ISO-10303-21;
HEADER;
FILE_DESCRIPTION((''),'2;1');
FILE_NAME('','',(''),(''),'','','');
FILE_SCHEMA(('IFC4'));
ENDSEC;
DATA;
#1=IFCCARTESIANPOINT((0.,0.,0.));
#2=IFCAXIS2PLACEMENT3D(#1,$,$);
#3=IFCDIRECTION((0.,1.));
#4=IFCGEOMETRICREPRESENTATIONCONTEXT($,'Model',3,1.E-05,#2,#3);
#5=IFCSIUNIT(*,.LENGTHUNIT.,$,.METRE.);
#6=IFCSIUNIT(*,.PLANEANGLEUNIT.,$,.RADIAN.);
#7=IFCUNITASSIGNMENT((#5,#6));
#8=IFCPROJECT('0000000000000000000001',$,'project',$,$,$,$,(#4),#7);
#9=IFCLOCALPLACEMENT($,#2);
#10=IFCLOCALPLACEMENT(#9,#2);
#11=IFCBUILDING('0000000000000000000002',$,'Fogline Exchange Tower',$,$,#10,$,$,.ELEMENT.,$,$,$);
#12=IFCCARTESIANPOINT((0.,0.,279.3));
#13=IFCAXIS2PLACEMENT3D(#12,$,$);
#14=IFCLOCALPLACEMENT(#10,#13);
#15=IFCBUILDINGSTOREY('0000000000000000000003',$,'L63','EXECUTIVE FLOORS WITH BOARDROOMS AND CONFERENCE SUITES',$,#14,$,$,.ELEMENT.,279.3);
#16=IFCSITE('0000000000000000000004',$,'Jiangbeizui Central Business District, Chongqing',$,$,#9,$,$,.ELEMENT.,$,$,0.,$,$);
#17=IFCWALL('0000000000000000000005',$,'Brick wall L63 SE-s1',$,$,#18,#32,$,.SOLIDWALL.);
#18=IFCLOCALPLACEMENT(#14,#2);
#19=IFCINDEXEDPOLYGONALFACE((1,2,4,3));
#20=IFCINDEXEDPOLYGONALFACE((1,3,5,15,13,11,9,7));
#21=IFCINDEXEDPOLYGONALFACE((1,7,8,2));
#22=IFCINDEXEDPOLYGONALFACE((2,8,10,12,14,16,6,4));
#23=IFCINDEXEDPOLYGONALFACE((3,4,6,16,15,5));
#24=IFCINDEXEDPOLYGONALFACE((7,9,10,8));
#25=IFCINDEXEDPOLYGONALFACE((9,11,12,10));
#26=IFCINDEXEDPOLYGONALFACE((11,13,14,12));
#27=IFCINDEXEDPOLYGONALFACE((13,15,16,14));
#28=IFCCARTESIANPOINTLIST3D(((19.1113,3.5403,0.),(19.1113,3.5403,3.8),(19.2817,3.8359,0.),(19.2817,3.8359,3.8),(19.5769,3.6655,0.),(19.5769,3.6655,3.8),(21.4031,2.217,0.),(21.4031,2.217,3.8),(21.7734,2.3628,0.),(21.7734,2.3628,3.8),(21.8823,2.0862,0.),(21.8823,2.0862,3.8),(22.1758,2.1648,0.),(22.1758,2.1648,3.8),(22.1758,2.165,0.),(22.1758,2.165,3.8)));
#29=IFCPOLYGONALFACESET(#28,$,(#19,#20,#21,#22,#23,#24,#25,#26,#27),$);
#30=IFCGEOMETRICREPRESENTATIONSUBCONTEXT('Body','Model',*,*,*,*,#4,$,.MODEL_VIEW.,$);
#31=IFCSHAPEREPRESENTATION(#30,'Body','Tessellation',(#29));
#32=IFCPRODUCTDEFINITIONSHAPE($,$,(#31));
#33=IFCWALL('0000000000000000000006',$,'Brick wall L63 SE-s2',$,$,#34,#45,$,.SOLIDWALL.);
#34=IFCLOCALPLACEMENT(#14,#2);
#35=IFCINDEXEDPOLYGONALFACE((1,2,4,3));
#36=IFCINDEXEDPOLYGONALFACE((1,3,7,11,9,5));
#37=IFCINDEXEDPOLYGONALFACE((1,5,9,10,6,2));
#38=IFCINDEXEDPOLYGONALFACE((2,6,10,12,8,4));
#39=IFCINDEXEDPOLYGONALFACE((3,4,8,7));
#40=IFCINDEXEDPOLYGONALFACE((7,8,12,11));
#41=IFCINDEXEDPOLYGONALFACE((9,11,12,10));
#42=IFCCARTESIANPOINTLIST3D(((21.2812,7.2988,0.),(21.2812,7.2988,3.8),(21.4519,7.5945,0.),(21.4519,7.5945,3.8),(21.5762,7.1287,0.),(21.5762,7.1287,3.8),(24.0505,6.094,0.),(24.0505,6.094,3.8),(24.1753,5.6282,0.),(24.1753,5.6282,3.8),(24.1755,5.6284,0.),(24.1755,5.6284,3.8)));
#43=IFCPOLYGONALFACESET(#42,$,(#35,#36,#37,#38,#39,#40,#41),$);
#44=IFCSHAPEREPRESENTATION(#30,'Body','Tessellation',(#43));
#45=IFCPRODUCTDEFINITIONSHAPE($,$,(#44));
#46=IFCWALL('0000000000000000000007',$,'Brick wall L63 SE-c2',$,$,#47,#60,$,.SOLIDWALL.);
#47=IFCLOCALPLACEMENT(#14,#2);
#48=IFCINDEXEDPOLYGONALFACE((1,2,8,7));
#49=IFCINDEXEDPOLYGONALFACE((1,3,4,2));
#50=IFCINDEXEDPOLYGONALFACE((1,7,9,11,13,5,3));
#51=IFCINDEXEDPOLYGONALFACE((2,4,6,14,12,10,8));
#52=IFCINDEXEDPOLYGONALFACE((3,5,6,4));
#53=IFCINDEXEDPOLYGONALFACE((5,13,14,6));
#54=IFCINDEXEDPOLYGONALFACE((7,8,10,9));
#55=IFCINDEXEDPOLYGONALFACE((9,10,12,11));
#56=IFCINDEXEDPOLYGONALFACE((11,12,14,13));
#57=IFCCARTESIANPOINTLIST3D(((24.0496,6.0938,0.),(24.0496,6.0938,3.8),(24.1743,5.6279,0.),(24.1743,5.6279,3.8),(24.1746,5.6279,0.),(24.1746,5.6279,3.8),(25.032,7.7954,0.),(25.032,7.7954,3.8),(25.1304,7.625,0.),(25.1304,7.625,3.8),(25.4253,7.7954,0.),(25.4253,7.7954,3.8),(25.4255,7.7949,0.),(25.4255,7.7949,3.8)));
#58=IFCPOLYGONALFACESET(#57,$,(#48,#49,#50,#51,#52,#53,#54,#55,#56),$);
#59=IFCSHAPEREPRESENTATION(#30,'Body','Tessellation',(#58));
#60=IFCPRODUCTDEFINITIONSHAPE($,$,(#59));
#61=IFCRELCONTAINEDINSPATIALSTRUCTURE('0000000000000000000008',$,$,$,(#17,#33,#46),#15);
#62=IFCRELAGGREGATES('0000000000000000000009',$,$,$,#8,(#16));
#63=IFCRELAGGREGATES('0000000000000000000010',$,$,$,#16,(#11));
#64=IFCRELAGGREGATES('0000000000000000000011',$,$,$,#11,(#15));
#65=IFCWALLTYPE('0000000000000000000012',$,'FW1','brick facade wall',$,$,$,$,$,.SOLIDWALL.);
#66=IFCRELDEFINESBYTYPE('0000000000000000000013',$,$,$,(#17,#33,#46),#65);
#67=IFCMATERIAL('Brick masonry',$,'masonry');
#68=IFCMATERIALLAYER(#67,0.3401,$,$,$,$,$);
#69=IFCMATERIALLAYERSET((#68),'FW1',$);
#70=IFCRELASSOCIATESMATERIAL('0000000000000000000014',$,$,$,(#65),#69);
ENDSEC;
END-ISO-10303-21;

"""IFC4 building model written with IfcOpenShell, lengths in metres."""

from ifc_helpers import new_model, si_unit, direction, frame, origin, place, context, subcontext, project, spatial, polyline, outline, extrude, material, layer, layer_set, type_object, element, save


model = new_model("IFC4")

# Units and contexts
model_context = context("Model", 3, precision=1e-05, world=origin(), true_north=direction((0.0, 1.0)))
body_context = subcontext(model_context, "Body", "Model", "MODEL_VIEW")
ifc_project = project(units=[si_unit("LENGTHUNIT", "METRE"), si_unit("PLANEANGLEUNIT", "RADIAN")], contexts=[model_context])

# Site, building, storey
site_placement = place(None, origin())
site = spatial("IfcSite", under=ifc_project, at=site_placement, Name="Jiangbeizui Central Business District, Chongqing", CompositionType="ELEMENT", RefElevation=0.0)
building_placement = place(site_placement, origin())
building = spatial("IfcBuilding", under=site, at=building_placement, Name="Fogline Exchange Tower", CompositionType="ELEMENT")
storey_placement = place(building_placement, frame((0.0, 0.0, 279.3)))
storey = spatial("IfcBuildingStorey", under=building, at=storey_placement, Name="L63", Description="EXECUTIVE FLOORS WITH BOARDROOMS AND CONFERENCE SUITES", CompositionType="ELEMENT", Elevation=279.3)

# Walls
ifc_material_1 = material(Name="Brick masonry", Category="masonry")
ifc_layer_1 = layer(ifc_material_1, 0.3401)
ifc_layer_set_1 = layer_set([ifc_layer_1], Name="FW1")
wall_type = type_object("IfcWallType", Name="FW1", Description="brick facade wall", PredefinedType="SOLIDWALL", material=ifc_layer_set_1)
wall_1_placement = place(storey_placement, origin())
element("IfcWall", 1, at=wall_1_placement, inside=storey, type_object=wall_type, Name="Brick wall L63 SE-s1", PredefinedType="SOLIDWALL", context=body_context, shape_type="SweptSolid", body=[
    extrude(outline(polyline([(19.2817, 3.8359), (19.5769, 3.6655), (22.1758, 2.165), (22.1758, 2.1648), (21.8823, 2.0862), (21.7734, 2.3628), (21.4031, 2.217), (19.1113, 3.5403), (19.2817, 3.8359)])), origin(), (0.0, 0.0, 1.0), 3.8),
])
wall_2_placement = place(storey_placement, origin())
element("IfcWall", 2, at=wall_2_placement, inside=storey, type_object=wall_type, Name="Brick wall L63 SE-s2", PredefinedType="SOLIDWALL", context=body_context, shape_type="SweptSolid", body=[
    extrude(outline(polyline([(24.1753, 5.6282), (21.5762, 7.1287), (21.2812, 7.2988), (21.4519, 7.5945), (24.0505, 6.094), (24.1755, 5.6284), (24.1753, 5.6282)])), origin(), (0.0, 0.0, 1.0), 3.8),
])
wall_3_placement = place(storey_placement, origin())
element("IfcWall", 3, at=wall_3_placement, inside=storey, type_object=wall_type, Name="Brick wall L63 SE-c2", PredefinedType="SOLIDWALL", context=body_context, shape_type="SweptSolid", body=[
    extrude(outline(polyline([(25.032, 7.7954), (25.1304, 7.625), (25.4253, 7.7954), (25.4255, 7.7949), (24.1746, 5.6279), (24.1743, 5.6279), (24.0496, 6.0938), (25.032, 7.7954)])), origin(), (0.0, 0.0, 1.0), 3.8),
])

save(model, "model.ifc")
